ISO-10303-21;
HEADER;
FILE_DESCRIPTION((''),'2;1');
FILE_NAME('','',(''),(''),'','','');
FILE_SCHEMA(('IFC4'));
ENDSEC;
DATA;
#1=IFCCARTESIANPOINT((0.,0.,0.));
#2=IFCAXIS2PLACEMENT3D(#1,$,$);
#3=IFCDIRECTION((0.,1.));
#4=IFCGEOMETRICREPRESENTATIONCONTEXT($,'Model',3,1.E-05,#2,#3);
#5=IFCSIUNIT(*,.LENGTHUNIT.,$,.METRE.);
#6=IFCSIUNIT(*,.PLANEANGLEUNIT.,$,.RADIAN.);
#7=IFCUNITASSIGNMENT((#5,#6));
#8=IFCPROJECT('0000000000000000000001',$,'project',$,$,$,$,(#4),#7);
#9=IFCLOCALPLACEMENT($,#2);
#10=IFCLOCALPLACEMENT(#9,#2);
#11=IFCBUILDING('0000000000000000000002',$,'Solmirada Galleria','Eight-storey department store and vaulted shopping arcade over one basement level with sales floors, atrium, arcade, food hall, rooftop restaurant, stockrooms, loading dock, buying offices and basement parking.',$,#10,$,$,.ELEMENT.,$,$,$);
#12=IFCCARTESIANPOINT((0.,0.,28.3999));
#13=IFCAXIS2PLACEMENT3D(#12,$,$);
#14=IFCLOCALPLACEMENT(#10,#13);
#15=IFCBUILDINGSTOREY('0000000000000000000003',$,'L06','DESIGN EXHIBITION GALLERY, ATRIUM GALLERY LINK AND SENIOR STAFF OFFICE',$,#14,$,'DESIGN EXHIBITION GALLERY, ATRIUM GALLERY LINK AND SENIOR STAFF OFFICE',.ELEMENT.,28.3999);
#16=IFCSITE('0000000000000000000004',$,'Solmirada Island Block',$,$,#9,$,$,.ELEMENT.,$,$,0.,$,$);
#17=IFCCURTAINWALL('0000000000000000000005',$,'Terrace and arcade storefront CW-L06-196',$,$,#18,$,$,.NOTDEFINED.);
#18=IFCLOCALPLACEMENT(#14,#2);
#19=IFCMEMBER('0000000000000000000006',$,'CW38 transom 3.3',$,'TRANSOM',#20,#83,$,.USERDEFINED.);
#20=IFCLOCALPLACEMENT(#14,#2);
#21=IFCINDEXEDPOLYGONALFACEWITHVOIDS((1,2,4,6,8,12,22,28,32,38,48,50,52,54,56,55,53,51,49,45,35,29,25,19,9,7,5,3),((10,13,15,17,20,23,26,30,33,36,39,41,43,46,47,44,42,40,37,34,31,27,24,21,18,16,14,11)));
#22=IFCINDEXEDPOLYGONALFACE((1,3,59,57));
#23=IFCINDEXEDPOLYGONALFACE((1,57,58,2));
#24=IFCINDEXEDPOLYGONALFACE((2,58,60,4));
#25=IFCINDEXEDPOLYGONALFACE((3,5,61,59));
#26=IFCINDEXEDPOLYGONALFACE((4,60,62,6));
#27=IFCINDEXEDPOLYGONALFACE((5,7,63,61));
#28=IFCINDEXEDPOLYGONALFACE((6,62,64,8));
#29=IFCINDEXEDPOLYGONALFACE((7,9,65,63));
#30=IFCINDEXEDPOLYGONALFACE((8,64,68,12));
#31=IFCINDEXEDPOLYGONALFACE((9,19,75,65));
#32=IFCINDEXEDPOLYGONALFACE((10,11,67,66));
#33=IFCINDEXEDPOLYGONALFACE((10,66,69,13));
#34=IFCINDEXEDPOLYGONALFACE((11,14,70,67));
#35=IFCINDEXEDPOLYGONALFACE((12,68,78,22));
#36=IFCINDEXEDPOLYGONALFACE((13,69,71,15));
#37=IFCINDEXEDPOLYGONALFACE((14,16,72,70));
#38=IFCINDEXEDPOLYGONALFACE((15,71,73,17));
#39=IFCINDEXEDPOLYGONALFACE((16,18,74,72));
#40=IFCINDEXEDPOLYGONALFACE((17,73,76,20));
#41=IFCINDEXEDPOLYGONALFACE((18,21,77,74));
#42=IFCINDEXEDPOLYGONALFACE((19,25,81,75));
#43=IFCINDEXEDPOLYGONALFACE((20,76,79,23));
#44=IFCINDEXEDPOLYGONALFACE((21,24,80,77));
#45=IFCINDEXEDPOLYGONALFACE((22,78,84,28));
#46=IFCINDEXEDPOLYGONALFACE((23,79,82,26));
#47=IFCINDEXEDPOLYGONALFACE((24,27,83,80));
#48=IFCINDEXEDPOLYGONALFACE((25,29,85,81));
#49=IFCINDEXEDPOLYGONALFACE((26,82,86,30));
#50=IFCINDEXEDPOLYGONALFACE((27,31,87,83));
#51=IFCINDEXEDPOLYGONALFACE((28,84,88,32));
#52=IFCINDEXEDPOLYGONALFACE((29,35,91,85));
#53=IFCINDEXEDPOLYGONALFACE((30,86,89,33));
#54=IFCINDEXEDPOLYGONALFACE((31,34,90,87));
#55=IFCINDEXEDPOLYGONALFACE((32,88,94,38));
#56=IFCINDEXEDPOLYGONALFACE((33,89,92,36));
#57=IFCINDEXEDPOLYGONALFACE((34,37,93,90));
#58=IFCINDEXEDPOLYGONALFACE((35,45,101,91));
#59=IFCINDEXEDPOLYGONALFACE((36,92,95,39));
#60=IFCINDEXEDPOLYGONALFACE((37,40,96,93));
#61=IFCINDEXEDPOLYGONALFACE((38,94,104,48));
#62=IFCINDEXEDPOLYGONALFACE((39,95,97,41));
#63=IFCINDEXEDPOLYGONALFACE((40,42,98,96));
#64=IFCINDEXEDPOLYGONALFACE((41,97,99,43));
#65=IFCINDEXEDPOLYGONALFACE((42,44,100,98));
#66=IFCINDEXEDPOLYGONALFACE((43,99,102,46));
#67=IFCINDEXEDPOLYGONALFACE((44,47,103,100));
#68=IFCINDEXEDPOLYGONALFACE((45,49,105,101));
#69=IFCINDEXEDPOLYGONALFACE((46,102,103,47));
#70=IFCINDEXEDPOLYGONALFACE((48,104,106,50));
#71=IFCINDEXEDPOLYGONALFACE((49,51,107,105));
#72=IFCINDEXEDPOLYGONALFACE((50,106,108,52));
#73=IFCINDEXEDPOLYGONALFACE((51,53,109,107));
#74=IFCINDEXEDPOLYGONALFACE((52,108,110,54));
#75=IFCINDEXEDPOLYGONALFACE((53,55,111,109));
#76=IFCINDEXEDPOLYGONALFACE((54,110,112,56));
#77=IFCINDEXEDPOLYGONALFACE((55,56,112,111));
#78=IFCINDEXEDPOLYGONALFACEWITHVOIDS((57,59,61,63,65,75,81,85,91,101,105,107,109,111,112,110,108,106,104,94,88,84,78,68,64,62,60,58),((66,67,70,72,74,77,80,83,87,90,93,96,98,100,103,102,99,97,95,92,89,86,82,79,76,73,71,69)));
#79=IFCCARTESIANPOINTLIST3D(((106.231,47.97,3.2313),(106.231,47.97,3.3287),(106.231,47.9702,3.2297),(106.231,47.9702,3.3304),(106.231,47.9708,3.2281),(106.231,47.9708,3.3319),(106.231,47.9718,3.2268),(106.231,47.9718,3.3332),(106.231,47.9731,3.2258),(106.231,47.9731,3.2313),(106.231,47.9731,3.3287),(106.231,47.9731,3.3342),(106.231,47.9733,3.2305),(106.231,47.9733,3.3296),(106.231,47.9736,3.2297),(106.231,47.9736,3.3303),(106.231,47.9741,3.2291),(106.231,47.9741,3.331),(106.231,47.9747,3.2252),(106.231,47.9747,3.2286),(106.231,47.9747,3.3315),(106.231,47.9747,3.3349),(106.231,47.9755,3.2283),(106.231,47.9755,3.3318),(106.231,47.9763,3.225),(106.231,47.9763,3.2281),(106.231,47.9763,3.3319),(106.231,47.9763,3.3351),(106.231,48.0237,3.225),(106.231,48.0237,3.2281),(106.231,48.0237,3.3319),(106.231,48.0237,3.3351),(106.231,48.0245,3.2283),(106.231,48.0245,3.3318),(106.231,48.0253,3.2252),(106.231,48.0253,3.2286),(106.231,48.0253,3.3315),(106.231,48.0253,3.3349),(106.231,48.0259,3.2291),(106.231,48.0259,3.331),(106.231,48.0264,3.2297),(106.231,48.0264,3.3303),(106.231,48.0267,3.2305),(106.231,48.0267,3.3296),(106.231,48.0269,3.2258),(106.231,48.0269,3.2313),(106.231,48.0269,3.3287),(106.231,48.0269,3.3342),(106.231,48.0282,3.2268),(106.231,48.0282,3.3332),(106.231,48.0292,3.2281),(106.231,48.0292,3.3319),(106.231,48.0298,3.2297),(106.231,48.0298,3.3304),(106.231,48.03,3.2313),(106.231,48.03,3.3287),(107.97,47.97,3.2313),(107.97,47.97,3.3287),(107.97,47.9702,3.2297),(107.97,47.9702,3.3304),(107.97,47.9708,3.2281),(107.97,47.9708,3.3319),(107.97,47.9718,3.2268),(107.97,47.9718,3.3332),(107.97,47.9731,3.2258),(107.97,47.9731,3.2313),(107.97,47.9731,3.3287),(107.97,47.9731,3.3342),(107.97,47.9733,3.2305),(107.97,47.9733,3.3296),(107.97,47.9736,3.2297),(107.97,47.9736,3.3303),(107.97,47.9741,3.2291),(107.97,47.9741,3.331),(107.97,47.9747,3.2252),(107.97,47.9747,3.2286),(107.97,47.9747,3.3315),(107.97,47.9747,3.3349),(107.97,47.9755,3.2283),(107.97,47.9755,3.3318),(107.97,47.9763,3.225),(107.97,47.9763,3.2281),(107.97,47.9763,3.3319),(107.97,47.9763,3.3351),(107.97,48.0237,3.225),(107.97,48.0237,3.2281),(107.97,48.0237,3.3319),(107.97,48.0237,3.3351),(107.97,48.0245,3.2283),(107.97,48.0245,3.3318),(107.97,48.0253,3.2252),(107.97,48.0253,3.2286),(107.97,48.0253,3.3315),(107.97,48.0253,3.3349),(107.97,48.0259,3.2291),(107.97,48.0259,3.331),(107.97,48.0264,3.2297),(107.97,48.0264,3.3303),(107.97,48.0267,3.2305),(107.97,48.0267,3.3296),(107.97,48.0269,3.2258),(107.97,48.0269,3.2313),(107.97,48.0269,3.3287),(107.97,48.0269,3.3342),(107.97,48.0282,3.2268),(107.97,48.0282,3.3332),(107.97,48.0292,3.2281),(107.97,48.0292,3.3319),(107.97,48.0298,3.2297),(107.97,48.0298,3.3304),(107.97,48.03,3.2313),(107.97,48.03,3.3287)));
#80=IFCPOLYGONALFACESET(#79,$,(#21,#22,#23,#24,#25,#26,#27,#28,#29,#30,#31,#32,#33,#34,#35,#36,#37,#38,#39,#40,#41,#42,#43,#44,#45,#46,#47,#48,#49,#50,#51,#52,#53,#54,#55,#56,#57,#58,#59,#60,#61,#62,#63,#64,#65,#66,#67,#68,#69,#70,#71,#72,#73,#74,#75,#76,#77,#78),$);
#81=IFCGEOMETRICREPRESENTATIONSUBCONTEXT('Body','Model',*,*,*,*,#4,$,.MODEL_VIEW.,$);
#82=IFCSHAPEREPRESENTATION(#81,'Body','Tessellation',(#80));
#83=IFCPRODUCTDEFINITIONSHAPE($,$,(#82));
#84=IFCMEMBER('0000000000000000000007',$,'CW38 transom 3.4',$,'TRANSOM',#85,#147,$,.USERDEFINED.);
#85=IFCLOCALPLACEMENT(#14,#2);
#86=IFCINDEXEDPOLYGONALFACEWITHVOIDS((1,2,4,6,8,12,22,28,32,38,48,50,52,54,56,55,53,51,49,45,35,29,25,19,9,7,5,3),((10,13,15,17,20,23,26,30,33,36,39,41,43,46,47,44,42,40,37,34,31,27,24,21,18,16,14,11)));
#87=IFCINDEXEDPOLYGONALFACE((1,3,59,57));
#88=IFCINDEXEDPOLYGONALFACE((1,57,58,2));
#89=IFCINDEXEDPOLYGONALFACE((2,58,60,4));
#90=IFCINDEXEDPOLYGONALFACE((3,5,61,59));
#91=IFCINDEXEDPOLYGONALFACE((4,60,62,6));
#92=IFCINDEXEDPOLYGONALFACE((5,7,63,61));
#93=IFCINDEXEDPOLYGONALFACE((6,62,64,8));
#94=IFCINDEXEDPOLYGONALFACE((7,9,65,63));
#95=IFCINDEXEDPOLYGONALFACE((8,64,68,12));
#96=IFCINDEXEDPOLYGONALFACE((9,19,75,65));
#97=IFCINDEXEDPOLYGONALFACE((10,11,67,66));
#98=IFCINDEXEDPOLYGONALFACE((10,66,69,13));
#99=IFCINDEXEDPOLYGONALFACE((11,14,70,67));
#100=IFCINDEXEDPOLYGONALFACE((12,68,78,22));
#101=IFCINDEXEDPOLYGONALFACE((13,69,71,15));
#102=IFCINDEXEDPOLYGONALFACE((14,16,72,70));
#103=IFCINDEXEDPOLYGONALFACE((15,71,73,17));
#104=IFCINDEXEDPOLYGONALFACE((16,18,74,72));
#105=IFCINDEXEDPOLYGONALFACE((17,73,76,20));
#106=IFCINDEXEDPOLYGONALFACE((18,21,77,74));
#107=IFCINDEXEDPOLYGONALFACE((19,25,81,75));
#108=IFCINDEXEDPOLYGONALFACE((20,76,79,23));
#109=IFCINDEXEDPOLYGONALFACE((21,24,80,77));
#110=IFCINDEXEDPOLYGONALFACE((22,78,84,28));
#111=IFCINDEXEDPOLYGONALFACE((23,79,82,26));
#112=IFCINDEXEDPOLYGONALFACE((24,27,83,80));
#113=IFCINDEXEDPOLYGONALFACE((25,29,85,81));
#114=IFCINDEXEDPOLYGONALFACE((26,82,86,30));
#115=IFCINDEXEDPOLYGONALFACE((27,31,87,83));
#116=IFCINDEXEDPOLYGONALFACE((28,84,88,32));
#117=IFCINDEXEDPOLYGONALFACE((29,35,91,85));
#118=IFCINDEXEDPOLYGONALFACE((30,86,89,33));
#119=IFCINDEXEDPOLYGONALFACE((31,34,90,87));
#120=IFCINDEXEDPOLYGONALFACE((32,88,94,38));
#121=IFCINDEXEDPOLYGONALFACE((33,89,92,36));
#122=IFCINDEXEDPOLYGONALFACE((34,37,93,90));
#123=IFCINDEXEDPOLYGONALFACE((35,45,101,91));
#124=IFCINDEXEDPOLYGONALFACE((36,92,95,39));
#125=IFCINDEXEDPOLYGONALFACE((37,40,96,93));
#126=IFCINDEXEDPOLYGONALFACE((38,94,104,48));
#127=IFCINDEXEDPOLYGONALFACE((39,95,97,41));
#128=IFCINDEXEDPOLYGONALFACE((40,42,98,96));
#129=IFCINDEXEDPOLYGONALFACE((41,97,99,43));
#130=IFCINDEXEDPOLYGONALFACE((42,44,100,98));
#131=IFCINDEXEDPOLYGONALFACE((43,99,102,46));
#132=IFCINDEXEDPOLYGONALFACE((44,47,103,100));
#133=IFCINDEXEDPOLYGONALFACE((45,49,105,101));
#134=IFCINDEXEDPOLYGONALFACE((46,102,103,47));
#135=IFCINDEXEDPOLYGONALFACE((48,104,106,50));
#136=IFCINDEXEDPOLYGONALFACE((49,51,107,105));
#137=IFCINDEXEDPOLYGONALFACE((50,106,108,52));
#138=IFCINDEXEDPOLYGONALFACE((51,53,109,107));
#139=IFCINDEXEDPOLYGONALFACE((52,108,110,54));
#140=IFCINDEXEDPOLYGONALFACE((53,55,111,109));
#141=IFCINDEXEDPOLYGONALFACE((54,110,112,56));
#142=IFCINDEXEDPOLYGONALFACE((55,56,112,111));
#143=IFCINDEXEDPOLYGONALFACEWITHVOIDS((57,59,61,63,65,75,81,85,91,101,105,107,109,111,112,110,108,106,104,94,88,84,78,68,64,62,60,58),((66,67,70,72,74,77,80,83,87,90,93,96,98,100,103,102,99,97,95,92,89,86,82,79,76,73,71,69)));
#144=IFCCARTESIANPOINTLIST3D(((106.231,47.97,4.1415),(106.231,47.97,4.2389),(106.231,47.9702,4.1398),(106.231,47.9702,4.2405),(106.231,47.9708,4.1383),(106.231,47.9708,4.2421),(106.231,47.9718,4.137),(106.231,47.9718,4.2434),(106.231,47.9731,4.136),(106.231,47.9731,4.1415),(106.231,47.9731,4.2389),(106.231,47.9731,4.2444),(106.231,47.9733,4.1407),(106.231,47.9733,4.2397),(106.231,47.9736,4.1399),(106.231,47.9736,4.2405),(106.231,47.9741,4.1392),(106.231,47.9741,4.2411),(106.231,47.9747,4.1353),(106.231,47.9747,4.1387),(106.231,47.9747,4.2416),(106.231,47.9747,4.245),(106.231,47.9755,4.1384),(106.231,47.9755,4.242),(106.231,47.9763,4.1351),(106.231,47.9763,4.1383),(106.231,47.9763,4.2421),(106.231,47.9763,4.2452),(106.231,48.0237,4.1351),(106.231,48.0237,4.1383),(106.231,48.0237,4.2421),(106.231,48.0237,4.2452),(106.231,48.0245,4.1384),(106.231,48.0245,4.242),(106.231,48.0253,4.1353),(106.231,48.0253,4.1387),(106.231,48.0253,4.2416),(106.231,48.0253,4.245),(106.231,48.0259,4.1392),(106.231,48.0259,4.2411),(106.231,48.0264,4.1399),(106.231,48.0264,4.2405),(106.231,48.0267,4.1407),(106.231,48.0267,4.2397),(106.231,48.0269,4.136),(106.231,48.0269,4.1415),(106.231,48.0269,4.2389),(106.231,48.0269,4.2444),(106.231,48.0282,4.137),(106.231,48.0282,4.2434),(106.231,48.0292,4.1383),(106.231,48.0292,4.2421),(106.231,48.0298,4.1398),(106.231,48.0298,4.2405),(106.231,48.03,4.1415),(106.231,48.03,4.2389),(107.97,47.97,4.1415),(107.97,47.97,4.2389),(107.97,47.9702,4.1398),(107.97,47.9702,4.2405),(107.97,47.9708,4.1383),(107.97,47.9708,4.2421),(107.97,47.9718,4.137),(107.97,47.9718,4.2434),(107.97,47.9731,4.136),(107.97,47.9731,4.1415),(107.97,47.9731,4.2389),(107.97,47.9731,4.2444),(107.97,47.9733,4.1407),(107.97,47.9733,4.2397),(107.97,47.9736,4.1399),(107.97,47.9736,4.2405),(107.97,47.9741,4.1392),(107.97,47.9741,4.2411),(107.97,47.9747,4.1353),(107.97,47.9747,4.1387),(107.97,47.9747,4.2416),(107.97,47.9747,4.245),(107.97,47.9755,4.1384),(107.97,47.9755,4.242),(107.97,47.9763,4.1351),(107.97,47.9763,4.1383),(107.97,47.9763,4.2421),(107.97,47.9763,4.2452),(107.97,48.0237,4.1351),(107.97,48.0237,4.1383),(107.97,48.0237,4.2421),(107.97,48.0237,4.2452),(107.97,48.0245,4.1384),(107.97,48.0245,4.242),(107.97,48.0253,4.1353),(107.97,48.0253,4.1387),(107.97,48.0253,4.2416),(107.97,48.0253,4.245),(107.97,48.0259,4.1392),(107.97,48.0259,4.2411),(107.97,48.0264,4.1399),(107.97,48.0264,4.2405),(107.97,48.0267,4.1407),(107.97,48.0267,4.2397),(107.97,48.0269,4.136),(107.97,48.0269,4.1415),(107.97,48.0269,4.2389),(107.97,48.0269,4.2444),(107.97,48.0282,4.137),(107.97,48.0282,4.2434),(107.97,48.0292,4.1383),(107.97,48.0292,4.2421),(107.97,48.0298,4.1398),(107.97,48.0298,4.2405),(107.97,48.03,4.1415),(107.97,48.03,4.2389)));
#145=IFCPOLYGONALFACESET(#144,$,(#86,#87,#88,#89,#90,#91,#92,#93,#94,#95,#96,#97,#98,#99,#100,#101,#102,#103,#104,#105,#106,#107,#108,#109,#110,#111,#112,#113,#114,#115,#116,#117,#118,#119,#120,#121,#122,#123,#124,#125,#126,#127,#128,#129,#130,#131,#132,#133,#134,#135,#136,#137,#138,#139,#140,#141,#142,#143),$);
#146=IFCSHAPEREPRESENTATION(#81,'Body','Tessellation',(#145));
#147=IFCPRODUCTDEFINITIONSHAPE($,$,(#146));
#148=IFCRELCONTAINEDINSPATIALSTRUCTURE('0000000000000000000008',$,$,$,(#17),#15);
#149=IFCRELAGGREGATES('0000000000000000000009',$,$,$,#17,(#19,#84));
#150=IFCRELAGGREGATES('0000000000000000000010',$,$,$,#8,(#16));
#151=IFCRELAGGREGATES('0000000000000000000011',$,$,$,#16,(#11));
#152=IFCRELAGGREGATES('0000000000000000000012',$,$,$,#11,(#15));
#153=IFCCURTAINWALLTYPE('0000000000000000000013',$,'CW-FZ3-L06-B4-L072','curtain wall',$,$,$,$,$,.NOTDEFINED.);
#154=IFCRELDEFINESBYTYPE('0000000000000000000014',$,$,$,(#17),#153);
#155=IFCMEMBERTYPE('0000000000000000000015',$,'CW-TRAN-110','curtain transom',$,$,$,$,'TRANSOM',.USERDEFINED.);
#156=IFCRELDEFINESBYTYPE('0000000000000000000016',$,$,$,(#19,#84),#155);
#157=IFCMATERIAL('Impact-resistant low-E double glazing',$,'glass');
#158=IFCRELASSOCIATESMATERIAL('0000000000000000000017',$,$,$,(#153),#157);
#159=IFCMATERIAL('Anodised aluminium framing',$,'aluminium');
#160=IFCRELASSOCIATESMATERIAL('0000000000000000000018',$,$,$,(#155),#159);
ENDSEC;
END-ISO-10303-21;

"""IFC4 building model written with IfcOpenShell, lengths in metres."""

from ifc_helpers import new_model, si_unit, direction, frame, origin, origin_2d, place, context, subcontext, project, spatial, hollow_rectangle, extrude, material, material_profile, profile_set, type_object, element, aggregate, save


model = new_model("IFC4")

# Units and contexts
model_context = context("Model", 3, precision=1e-05, world=origin(), true_north=direction((0.0, 1.0)))
body_context = subcontext(model_context, "Body", "Model", "MODEL_VIEW")
ifc_project = project(units=[si_unit("LENGTHUNIT", "METRE"), si_unit("PLANEANGLEUNIT", "RADIAN")], contexts=[model_context])

# Site, building, storey
site_placement = place(None, origin())
site = spatial("IfcSite", under=ifc_project, at=site_placement, Name="Solmirada Island Block", CompositionType="ELEMENT", RefElevation=0.0)
building_placement = place(site_placement, origin())
building = spatial("IfcBuilding", under=site, at=building_placement, Name="Solmirada Galleria", Description="Eight-storey department store and vaulted shopping arcade over one basement level with sales floors, atrium, arcade, food hall, rooftop restaurant, stockrooms, loading dock, buying offices and basement parking.", CompositionType="ELEMENT")
storey_placement = place(building_placement, frame((0.0, 0.0, 28.3999)))
storey = spatial("IfcBuildingStorey", under=building, at=storey_placement, Name="L06", Description="DESIGN EXHIBITION GALLERY, ATRIUM GALLERY LINK AND SENIOR STAFF OFFICE", LongName="DESIGN EXHIBITION GALLERY, ATRIUM GALLERY LINK AND SENIOR STAFF OFFICE", CompositionType="ELEMENT", Elevation=28.3999)

# Shared definitions
ifc_material_1 = material(Name="Impact-resistant low-E double glazing", Category="glass")
curtain_wall_type = type_object("IfcCurtainWallType", Name="CW-FZ3-L06-B4-L072", Description="curtain wall", PredefinedType="NOTDEFINED", material=ifc_material_1)
ifc_material_2 = material(Name="Anodised aluminium framing", Category="aluminium")

# Curtain wall
curtain_wall_1_placement = place(storey_placement, origin())
curtain_wall_1 = element("IfcCurtainWall", 1, at=curtain_wall_1_placement, inside=storey, type_object=curtain_wall_type, Name="Terrace and arcade storefront CW-L06-196", PredefinedType="NOTDEFINED")

# Members
ifc_material_profile_1 = material_profile(ifc_material_2, hollow_rectangle(XDim=0.0601, YDim=0.1101, WallThickness=0.0032, InnerFilletRadius=0.0032, OuterFilletRadius=0.0063, at=origin_2d()), Name="ALU-TRAN-110X60")
ifc_profile_set_1 = profile_set([ifc_material_profile_1], Name="Anodised aluminium framing")
member_type_1 = type_object("IfcMemberType", Name="CW-TRAN-110", Description="curtain transom", ElementType="TRANSOM", PredefinedType="USERDEFINED", material=ifc_profile_set_1)
member_1_placement = place(storey_placement, frame((107.97, 48.0, 3.28), z_axis=(-1.0, 0.0, 0.0), x_axis=(0.0, -1.0, 0.0)))
member_1 = element("IfcMember", 2, at=member_1_placement, type_object=member_type_1, Name="CW38 transom 3.3", ObjectType="TRANSOM", PredefinedType="USERDEFINED", context=body_context, shape_type="SweptSolid", body=[
    extrude(hollow_rectangle(XDim=0.0601, YDim=0.1101, WallThickness=0.0032, InnerFilletRadius=0.0032, OuterFilletRadius=0.0063, at=origin_2d()), origin(), (0.0, 0.0, 1.0), 1.739),
])
member_2_placement = place(storey_placement, frame((107.97, 48.0, 4.1902), z_axis=(-1.0, 0.0, 0.0), x_axis=(0.0, -1.0, 0.0)))
member_2 = element("IfcMember", 3, at=member_2_placement, type_object=member_type_1, Name="CW38 transom 3.4", ObjectType="TRANSOM", PredefinedType="USERDEFINED", context=body_context, shape_type="SweptSolid", body=[
    extrude(hollow_rectangle(XDim=0.0601, YDim=0.1101, WallThickness=0.0032, InnerFilletRadius=0.0032, OuterFilletRadius=0.0063, at=origin_2d()), origin(), (0.0, 0.0, 1.0), 1.739),
])

aggregate(curtain_wall_1, [member_1, member_2])

save(model, "model.ifc")
